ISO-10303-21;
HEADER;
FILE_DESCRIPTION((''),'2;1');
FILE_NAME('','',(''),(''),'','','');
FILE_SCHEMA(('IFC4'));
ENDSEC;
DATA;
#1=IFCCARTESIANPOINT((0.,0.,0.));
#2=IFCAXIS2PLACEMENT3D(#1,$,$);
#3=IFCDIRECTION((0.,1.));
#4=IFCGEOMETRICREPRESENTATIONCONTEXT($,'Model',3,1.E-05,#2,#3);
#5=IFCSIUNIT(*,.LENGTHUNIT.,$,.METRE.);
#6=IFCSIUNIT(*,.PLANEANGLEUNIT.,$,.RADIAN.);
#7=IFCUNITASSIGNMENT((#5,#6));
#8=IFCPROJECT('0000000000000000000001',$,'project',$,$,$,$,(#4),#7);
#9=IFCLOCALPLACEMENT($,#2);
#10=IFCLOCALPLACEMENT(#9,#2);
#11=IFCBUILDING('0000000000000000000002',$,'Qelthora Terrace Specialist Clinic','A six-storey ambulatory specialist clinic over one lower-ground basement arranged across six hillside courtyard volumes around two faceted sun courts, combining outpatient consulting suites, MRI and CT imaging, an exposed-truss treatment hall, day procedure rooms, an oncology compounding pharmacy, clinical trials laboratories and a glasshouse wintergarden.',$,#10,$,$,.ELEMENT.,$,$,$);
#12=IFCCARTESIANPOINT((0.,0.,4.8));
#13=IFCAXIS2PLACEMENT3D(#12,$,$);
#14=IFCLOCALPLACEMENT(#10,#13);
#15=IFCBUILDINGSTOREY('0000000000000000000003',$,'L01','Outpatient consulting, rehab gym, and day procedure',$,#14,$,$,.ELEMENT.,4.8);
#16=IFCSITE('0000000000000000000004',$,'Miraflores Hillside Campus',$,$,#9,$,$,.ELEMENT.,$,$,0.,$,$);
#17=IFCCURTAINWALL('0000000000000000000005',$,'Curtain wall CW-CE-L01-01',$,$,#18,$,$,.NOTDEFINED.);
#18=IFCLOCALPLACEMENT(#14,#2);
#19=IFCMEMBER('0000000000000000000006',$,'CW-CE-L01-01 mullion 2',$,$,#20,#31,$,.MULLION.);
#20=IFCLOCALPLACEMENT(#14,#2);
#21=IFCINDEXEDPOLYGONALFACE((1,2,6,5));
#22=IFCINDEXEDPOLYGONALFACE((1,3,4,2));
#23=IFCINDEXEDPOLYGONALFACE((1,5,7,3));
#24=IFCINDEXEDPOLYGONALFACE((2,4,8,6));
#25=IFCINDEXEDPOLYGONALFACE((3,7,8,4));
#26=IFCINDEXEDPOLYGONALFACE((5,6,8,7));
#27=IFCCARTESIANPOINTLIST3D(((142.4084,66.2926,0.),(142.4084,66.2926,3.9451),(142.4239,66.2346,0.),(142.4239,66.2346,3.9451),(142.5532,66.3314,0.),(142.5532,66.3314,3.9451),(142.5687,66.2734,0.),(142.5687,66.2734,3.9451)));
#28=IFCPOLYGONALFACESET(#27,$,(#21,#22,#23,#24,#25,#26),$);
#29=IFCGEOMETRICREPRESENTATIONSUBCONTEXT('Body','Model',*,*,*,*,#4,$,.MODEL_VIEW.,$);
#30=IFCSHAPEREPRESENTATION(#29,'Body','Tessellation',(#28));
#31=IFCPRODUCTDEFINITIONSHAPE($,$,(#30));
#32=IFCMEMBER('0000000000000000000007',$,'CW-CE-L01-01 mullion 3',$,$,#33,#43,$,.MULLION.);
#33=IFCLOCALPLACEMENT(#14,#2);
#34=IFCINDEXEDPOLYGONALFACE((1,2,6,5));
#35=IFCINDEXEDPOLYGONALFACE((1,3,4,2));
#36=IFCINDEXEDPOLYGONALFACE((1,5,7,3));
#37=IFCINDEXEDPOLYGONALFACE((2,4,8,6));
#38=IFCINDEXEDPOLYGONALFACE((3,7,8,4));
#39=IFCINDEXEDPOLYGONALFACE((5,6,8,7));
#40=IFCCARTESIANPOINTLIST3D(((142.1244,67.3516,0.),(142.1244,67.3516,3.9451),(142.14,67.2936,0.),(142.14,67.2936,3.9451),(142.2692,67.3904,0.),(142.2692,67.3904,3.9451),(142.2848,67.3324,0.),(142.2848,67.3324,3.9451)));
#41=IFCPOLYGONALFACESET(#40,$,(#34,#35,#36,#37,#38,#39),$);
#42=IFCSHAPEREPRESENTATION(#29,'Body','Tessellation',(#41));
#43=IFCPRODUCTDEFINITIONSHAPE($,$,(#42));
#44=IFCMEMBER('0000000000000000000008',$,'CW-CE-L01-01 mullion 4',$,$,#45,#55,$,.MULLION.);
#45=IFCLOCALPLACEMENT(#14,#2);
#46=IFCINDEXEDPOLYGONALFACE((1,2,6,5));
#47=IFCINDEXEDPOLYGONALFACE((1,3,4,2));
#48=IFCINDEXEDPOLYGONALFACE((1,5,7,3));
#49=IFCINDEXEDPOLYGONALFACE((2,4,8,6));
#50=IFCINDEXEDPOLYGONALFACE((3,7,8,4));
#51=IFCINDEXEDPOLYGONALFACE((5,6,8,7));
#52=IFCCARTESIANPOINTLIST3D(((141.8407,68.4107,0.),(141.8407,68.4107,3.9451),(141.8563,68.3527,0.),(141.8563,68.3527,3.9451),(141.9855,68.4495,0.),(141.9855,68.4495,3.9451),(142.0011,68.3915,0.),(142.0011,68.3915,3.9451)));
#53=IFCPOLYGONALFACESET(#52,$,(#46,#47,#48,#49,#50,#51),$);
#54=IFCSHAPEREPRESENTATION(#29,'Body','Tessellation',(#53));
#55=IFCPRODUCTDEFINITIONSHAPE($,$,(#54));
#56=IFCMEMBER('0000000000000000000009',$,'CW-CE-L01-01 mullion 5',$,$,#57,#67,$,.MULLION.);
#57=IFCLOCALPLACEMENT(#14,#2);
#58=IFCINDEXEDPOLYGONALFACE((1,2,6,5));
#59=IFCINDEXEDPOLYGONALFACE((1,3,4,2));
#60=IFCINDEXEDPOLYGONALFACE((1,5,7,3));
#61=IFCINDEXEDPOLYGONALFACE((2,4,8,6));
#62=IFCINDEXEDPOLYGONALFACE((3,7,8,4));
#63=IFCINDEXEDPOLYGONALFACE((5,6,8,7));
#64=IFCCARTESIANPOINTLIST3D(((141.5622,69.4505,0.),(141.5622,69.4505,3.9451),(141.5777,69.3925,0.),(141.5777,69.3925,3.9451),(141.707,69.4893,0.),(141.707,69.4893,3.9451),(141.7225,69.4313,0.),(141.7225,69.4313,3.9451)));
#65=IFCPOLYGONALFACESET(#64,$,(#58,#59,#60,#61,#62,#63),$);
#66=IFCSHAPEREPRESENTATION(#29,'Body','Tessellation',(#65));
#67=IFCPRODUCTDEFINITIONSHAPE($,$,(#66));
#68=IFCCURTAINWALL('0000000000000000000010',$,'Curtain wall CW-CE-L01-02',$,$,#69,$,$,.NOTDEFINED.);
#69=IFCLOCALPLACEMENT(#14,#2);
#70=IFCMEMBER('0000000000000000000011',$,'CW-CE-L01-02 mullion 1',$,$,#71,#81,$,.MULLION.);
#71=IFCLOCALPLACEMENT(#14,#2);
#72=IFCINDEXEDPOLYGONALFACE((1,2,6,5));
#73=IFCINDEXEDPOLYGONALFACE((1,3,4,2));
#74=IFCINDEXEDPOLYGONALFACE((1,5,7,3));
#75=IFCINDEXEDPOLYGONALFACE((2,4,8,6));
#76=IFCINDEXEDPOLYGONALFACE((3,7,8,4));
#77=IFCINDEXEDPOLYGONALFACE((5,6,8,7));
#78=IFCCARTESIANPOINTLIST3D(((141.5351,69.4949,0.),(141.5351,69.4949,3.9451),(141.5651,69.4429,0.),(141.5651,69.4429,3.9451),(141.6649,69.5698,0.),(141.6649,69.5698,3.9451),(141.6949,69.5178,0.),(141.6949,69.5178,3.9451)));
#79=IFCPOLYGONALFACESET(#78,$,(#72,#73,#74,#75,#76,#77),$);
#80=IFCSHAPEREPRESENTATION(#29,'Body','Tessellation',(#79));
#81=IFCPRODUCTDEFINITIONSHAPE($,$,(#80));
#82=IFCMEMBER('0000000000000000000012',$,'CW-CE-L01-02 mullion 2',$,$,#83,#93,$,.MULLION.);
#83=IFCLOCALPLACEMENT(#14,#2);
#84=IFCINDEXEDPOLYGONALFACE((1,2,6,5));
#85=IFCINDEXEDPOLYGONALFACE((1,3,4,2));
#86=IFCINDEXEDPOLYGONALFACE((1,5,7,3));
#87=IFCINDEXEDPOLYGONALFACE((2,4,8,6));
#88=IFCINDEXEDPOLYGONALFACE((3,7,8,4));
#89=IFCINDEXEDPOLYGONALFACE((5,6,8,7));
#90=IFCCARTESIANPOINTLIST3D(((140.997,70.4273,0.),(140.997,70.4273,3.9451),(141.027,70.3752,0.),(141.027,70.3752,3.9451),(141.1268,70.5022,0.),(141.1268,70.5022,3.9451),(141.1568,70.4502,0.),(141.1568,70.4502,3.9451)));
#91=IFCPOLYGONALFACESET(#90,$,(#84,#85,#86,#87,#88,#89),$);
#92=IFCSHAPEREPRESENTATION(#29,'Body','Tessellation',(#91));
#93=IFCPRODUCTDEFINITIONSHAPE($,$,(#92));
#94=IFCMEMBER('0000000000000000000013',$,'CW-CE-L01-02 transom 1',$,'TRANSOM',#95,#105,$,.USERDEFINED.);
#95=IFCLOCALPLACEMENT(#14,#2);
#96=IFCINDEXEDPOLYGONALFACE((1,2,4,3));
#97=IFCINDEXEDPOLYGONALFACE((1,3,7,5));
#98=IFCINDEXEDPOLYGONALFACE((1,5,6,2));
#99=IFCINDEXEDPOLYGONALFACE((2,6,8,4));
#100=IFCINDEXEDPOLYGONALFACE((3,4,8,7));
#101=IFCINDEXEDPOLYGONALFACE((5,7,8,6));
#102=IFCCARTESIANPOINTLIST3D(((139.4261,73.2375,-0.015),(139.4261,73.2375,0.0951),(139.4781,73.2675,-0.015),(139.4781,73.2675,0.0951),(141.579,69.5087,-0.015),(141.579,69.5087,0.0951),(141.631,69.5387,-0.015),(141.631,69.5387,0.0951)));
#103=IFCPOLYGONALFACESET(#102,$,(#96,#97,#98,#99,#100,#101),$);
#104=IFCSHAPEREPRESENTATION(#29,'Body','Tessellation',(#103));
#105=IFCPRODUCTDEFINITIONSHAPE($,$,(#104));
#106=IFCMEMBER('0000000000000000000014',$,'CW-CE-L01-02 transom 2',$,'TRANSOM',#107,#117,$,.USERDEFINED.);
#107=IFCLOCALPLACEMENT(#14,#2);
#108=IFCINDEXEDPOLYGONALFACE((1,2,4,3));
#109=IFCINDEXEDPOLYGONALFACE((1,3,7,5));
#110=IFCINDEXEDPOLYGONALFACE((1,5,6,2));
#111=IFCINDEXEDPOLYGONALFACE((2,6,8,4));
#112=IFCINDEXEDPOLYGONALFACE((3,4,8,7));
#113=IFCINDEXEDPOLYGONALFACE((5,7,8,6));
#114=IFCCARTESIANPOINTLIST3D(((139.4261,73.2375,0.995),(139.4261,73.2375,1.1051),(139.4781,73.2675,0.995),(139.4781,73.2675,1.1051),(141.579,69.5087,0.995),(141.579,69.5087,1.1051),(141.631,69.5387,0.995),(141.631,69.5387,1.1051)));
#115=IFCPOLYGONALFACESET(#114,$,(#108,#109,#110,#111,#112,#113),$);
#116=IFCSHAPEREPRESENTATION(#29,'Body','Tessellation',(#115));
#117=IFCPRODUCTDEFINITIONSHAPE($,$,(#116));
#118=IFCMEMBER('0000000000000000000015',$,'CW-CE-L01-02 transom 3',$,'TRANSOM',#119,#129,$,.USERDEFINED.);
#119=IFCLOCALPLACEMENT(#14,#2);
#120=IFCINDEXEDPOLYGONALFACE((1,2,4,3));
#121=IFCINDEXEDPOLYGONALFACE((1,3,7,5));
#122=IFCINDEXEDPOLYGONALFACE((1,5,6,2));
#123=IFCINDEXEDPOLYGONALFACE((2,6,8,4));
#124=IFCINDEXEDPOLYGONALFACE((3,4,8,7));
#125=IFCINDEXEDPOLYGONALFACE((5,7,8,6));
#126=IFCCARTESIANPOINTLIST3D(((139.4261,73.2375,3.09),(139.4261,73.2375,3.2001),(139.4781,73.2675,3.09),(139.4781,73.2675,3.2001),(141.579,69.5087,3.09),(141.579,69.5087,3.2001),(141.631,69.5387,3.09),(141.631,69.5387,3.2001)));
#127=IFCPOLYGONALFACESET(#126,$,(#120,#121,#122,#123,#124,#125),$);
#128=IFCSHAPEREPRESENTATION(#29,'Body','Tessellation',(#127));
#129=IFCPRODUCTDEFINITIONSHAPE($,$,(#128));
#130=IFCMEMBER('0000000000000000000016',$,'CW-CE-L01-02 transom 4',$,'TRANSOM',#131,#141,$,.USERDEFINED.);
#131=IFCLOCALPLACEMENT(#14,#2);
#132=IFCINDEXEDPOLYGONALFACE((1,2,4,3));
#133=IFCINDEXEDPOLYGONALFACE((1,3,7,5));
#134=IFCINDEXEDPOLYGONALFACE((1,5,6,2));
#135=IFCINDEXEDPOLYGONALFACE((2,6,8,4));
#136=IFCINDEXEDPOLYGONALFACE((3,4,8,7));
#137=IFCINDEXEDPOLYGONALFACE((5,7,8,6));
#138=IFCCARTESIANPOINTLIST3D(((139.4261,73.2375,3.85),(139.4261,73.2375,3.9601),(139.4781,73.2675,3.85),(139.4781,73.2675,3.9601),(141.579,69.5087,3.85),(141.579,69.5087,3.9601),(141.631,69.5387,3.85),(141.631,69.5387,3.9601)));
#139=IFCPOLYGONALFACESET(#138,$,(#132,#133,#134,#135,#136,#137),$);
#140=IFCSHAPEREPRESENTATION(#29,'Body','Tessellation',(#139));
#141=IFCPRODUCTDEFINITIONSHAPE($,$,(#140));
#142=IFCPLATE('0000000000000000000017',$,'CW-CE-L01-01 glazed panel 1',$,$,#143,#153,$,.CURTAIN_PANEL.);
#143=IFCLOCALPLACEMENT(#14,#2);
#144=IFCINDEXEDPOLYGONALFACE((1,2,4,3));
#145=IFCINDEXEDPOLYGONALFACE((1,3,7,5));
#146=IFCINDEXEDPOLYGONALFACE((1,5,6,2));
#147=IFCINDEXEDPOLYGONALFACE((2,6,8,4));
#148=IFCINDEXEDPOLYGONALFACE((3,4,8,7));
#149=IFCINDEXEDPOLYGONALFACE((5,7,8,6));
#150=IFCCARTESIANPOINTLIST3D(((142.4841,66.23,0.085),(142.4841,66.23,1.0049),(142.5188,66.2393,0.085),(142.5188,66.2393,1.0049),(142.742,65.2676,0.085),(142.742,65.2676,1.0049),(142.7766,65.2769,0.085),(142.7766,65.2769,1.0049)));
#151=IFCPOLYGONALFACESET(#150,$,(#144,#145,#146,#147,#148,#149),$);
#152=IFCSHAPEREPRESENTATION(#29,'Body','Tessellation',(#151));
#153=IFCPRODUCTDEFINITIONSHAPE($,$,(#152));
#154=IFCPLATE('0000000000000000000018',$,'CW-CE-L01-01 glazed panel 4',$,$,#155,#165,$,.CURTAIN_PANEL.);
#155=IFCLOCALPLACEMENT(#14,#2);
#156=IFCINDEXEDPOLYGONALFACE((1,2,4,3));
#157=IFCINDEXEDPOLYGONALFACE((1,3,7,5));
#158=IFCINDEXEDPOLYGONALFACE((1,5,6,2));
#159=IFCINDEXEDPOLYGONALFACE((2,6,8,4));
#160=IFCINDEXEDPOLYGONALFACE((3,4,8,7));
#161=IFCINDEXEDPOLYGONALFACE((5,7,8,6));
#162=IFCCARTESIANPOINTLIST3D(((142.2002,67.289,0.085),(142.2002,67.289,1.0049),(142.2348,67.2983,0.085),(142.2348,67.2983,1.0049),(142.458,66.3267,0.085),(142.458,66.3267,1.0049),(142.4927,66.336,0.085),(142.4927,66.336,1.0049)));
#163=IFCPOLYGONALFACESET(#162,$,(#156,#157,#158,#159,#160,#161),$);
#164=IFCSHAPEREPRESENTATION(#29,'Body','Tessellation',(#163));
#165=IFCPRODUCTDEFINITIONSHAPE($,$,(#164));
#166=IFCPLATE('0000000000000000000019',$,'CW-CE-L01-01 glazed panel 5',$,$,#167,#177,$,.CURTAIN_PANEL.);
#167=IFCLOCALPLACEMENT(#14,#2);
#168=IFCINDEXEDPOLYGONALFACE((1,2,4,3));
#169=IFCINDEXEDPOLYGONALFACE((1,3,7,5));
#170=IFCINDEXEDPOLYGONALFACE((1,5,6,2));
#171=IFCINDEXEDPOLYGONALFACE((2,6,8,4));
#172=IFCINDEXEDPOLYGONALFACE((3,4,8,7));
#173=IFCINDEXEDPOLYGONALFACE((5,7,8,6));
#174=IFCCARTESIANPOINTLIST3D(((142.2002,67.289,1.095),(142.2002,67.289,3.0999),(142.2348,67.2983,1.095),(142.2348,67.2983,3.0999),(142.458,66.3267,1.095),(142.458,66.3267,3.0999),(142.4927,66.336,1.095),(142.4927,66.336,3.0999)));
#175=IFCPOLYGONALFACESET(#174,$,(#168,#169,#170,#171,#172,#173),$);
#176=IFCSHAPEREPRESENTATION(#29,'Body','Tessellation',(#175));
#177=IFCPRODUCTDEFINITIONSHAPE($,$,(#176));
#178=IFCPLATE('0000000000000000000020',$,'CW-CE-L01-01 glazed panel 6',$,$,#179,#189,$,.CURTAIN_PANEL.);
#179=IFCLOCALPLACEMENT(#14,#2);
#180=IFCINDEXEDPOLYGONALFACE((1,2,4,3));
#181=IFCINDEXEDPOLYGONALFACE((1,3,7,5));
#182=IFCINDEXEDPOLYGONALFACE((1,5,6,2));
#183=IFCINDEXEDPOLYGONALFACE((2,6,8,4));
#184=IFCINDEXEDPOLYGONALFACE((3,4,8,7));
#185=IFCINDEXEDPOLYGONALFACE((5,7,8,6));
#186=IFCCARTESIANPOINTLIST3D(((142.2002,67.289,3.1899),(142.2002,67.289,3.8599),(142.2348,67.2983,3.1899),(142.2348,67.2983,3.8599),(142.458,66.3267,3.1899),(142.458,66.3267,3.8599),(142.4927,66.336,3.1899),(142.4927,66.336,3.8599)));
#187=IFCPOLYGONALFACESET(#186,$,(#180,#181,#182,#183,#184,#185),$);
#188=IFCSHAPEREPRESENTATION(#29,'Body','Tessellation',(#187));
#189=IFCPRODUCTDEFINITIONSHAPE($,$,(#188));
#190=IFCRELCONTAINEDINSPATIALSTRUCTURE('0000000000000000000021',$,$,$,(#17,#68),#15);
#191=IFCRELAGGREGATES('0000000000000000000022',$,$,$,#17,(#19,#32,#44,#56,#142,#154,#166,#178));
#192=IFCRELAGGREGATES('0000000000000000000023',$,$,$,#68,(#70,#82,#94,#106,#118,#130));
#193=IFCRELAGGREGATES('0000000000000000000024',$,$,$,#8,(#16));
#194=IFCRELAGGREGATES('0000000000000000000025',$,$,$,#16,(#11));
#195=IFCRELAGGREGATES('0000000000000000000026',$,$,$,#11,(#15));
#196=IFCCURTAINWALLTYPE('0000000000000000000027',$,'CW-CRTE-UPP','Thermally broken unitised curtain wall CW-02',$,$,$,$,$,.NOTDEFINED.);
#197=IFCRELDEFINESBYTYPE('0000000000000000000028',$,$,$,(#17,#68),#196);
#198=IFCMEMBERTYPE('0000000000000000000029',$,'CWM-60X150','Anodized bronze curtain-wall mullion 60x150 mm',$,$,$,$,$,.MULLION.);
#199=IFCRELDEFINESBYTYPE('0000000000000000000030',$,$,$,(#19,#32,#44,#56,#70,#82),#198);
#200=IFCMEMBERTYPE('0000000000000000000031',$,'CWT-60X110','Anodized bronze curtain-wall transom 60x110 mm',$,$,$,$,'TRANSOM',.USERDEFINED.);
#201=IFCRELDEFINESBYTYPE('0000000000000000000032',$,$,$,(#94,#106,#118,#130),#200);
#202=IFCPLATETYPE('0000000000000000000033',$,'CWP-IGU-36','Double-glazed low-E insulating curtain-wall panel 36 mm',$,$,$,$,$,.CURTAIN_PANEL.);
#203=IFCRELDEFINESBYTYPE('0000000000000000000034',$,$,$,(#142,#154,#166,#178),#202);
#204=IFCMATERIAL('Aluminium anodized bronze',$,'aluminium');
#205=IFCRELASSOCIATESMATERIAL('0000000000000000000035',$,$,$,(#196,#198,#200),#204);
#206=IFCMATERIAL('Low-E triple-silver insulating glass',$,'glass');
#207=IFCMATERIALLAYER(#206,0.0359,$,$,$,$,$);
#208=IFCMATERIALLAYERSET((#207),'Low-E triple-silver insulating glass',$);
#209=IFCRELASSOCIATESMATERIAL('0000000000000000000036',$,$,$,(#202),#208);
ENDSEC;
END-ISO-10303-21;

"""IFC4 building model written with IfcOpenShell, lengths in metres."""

from ifc_helpers import new_model, si_unit, direction, frame, origin, origin_2d, place, context, subcontext, project, spatial, rectangle, extrude, material, layer, layer_set, material_profile, profile_set, type_object, element, aggregate, save


model = new_model("IFC4")

# Units and contexts
model_context = context("Model", 3, precision=1e-05, world=origin(), true_north=direction((0.0, 1.0)))
body_context = subcontext(model_context, "Body", "Model", "MODEL_VIEW")
ifc_project = project(units=[si_unit("LENGTHUNIT", "METRE"), si_unit("PLANEANGLEUNIT", "RADIAN")], contexts=[model_context])

# Site, building, storey
site_placement = place(None, origin())
site = spatial("IfcSite", under=ifc_project, at=site_placement, Name="Miraflores Hillside Campus", CompositionType="ELEMENT", RefElevation=0.0)
building_placement = place(site_placement, origin())
building = spatial("IfcBuilding", under=site, at=building_placement, Name="Qelthora Terrace Specialist Clinic", Description="A six-storey ambulatory specialist clinic over one lower-ground basement arranged across six hillside courtyard volumes around two faceted sun courts, combining outpatient consulting suites, MRI and CT imaging, an exposed-truss treatment hall, day procedure rooms, an oncology compounding pharmacy, clinical trials laboratories and a glasshouse wintergarden.", CompositionType="ELEMENT")
storey_placement = place(building_placement, frame((0.0, 0.0, 4.8)))
storey = spatial("IfcBuildingStorey", under=building, at=storey_placement, Name="L01", Description="Outpatient consulting, rehab gym, and day procedure", CompositionType="ELEMENT", Elevation=4.8)

# Curtain walls, members
ifc_material_1 = material(Name="Aluminium anodized bronze", Category="aluminium")
curtain_wall_type = type_object("IfcCurtainWallType", Name="CW-CRTE-UPP", Description="Thermally broken unitised curtain wall CW-02", PredefinedType="NOTDEFINED", material=ifc_material_1)
curtain_wall_1_placement = place(storey_placement, origin())
curtain_wall_1 = element("IfcCurtainWall", 1, at=curtain_wall_1_placement, inside=storey, type_object=curtain_wall_type, Name="Curtain wall CW-CE-L01-01", PredefinedType="NOTDEFINED")
ifc_material_profile_1 = material_profile(ifc_material_1, rectangle(XDim=0.0601, YDim=0.1499, at=origin_2d()), Name="CWM60X150")
ifc_profile_set_1 = profile_set([ifc_material_profile_1], Name="Aluminium anodized bronze")
member_type_1 = type_object("IfcMemberType", Name="CWM-60X150", Description="Anodized bronze curtain-wall mullion 60x150 mm", PredefinedType="MULLION", material=ifc_profile_set_1)
member_1_placement = place(storey_placement, frame((142.4885, 66.283, 0.0), z_axis=(0.0, 0.0, 1.0), x_axis=(-0.25882, 0.965926, 0.0)))
member_1 = element("IfcMember", 2, at=member_1_placement, type_object=member_type_1, Name="CW-CE-L01-01 mullion 2", PredefinedType="MULLION", context=body_context, shape_type="SweptSolid", body=[
    extrude(rectangle(XDim=0.0601, YDim=0.1499, at=origin_2d()), origin(), (0.0, 0.0, 1.0), 3.9451),
])
member_2_placement = place(storey_placement, frame((142.2046, 67.342, 0.0), z_axis=(0.0, 0.0, 1.0), x_axis=(-0.25882, 0.965926, 0.0)))
member_2 = element("IfcMember", 3, at=member_2_placement, type_object=member_type_1, Name="CW-CE-L01-01 mullion 3", PredefinedType="MULLION", context=body_context, shape_type="SweptSolid", body=[
    extrude(rectangle(XDim=0.0601, YDim=0.1499, at=origin_2d()), origin(), (0.0, 0.0, 1.0), 3.9451),
])
member_3_placement = place(storey_placement, frame((141.9209, 68.4011, 0.0), z_axis=(0.0, 0.0, 1.0), x_axis=(-0.25882, 0.965926, 0.0)))
member_3 = element("IfcMember", 4, at=member_3_placement, type_object=member_type_1, Name="CW-CE-L01-01 mullion 4", PredefinedType="MULLION", context=body_context, shape_type="SweptSolid", body=[
    extrude(rectangle(XDim=0.0601, YDim=0.1499, at=origin_2d()), origin(), (0.0, 0.0, 1.0), 3.9451),
])
member_4_placement = place(storey_placement, frame((141.6423, 69.4409, 0.0), z_axis=(0.0, 0.0, 1.0), x_axis=(-0.25882, 0.965926, 0.0)))
member_4 = element("IfcMember", 5, at=member_4_placement, type_object=member_type_1, Name="CW-CE-L01-01 mullion 5", PredefinedType="MULLION", context=body_context, shape_type="SweptSolid", body=[
    extrude(rectangle(XDim=0.0601, YDim=0.1499, at=origin_2d()), origin(), (0.0, 0.0, 1.0), 3.9451),
])
curtain_wall_2_placement = place(storey_placement, origin())
curtain_wall_2 = element("IfcCurtainWall", 6, at=curtain_wall_2_placement, inside=storey, type_object=curtain_wall_type, Name="Curtain wall CW-CE-L01-02", PredefinedType="NOTDEFINED")
member_5_placement = place(storey_placement, frame((141.615, 69.5063, 0.0), z_axis=(0.0, 0.0, 1.0), x_axis=(-0.5, 0.866025, 0.0)))
member_5 = element("IfcMember", 7, at=member_5_placement, type_object=member_type_1, Name="CW-CE-L01-02 mullion 1", PredefinedType="MULLION", context=body_context, shape_type="SweptSolid", body=[
    extrude(rectangle(XDim=0.0601, YDim=0.1499, at=origin_2d()), origin(), (0.0, 0.0, 1.0), 3.9451),
])
member_6_placement = place(storey_placement, frame((141.0769, 70.4387, 0.0), z_axis=(0.0, 0.0, 1.0), x_axis=(-0.5, 0.866025, 0.0)))
member_6 = element("IfcMember", 8, at=member_6_placement, type_object=member_type_1, Name="CW-CE-L01-02 mullion 2", PredefinedType="MULLION", context=body_context, shape_type="SweptSolid", body=[
    extrude(rectangle(XDim=0.0601, YDim=0.1499, at=origin_2d()), origin(), (0.0, 0.0, 1.0), 3.9451),
])
ifc_material_profile_2 = material_profile(ifc_material_1, rectangle(XDim=0.0601, YDim=0.1101, at=origin_2d()), Name="CWT60X110")
ifc_profile_set_2 = profile_set([ifc_material_profile_2], Name="Aluminium anodized bronze")
member_type_2 = type_object("IfcMemberType", Name="CWT-60X110", Description="Anodized bronze curtain-wall transom 60x110 mm", ElementType="TRANSOM", PredefinedType="USERDEFINED", material=ifc_profile_set_2)
member_7_placement = place(storey_placement, frame((141.605, 69.5237, 0.04), z_axis=(-0.500006, 0.866022, 0.0), x_axis=(-0.866022, -0.500006, 0.0)))
member_7 = element("IfcMember", 9, at=member_7_placement, type_object=member_type_2, Name="CW-CE-L01-02 transom 1", ObjectType="TRANSOM", PredefinedType="USERDEFINED", context=body_context, shape_type="SweptSolid", body=[
    extrude(rectangle(XDim=0.0601, YDim=0.1101, at=origin_2d()), origin(), (0.0, 0.0, 1.0), 4.3057),
])
member_8_placement = place(storey_placement, frame((141.605, 69.5237, 1.05), z_axis=(-0.500006, 0.866022, 0.0), x_axis=(-0.866022, -0.500006, 0.0)))
member_8 = element("IfcMember", 10, at=member_8_placement, type_object=member_type_2, Name="CW-CE-L01-02 transom 2", ObjectType="TRANSOM", PredefinedType="USERDEFINED", context=body_context, shape_type="SweptSolid", body=[
    extrude(rectangle(XDim=0.0601, YDim=0.1101, at=origin_2d()), origin(), (0.0, 0.0, 1.0), 4.3057),
])
member_9_placement = place(storey_placement, frame((141.605, 69.5237, 3.145), z_axis=(-0.500006, 0.866022, 0.0), x_axis=(-0.866022, -0.500006, 0.0)))
member_9 = element("IfcMember", 11, at=member_9_placement, type_object=member_type_2, Name="CW-CE-L01-02 transom 3", ObjectType="TRANSOM", PredefinedType="USERDEFINED", context=body_context, shape_type="SweptSolid", body=[
    extrude(rectangle(XDim=0.0601, YDim=0.1101, at=origin_2d()), origin(), (0.0, 0.0, 1.0), 4.3057),
])
member_10_placement = place(storey_placement, frame((141.605, 69.5237, 3.905), z_axis=(-0.500006, 0.866022, 0.0), x_axis=(-0.866022, -0.500006, 0.0)))
member_10 = element("IfcMember", 12, at=member_10_placement, type_object=member_type_2, Name="CW-CE-L01-02 transom 4", ObjectType="TRANSOM", PredefinedType="USERDEFINED", context=body_context, shape_type="SweptSolid", body=[
    extrude(rectangle(XDim=0.0601, YDim=0.1101, at=origin_2d()), origin(), (0.0, 0.0, 1.0), 4.3057),
])

# Plates
ifc_material_2 = material(Name="Low-E triple-silver insulating glass", Category="glass")
ifc_layer = layer(ifc_material_2, 0.0359)
ifc_layer_set = layer_set([ifc_layer], Name="Low-E triple-silver insulating glass")
plate_type = type_object("IfcPlateType", Name="CWP-IGU-36", Description="Double-glazed low-E insulating curtain-wall panel 36 mm", PredefinedType="CURTAIN_PANEL", material=ifc_layer_set)
plate_1_placement = place(storey_placement, frame((142.6304, 65.7534, 0.085), z_axis=(0.0, 0.0, 1.0), x_axis=(-0.258819, 0.965926, 0.0)))
plate_1 = element("IfcPlate", 13, at=plate_1_placement, type_object=plate_type, Name="CW-CE-L01-01 glazed panel 1", PredefinedType="CURTAIN_PANEL", context=body_context, shape_type="SweptSolid", body=[
    extrude(rectangle(XDim=0.9963, YDim=0.0359, at=origin_2d()), origin(), (0.0, 0.0, 1.0), 0.9199),
])
plate_2_placement = place(storey_placement, frame((142.3464, 66.8125, 0.085), z_axis=(0.0, 0.0, 1.0), x_axis=(-0.258819, 0.965926, 0.0)))
plate_2 = element("IfcPlate", 14, at=plate_2_placement, type_object=plate_type, Name="CW-CE-L01-01 glazed panel 4", PredefinedType="CURTAIN_PANEL", context=body_context, shape_type="SweptSolid", body=[
    extrude(rectangle(XDim=0.9963, YDim=0.0359, at=origin_2d()), origin(), (0.0, 0.0, 1.0), 0.9199),
])
plate_3_placement = place(storey_placement, frame((142.3464, 66.8125, 1.095), z_axis=(0.0, 0.0, 1.0), x_axis=(-0.258819, 0.965926, 0.0)))
plate_3 = element("IfcPlate", 15, at=plate_3_placement, type_object=plate_type, Name="CW-CE-L01-01 glazed panel 5", PredefinedType="CURTAIN_PANEL", context=body_context, shape_type="SweptSolid", body=[
    extrude(rectangle(XDim=0.9963, YDim=0.0359, at=origin_2d()), origin(), (0.0, 0.0, 1.0), 2.0049),
])
plate_4_placement = place(storey_placement, frame((142.3464, 66.8125, 3.1899), z_axis=(0.0, 0.0, 1.0), x_axis=(-0.258819, 0.965926, 0.0)))
plate_4 = element("IfcPlate", 16, at=plate_4_placement, type_object=plate_type, Name="CW-CE-L01-01 glazed panel 6", PredefinedType="CURTAIN_PANEL", context=body_context, shape_type="SweptSolid", body=[
    extrude(rectangle(XDim=0.9963, YDim=0.0359, at=origin_2d()), origin(), (0.0, 0.0, 1.0), 0.6699),
])
aggregate(curtain_wall_1, [member_1, member_2, member_3, member_4, plate_1, plate_2, plate_3, plate_4])
aggregate(curtain_wall_2, [member_5, member_6, member_7, member_8, member_9, member_10])

save(model, "model.ifc")
